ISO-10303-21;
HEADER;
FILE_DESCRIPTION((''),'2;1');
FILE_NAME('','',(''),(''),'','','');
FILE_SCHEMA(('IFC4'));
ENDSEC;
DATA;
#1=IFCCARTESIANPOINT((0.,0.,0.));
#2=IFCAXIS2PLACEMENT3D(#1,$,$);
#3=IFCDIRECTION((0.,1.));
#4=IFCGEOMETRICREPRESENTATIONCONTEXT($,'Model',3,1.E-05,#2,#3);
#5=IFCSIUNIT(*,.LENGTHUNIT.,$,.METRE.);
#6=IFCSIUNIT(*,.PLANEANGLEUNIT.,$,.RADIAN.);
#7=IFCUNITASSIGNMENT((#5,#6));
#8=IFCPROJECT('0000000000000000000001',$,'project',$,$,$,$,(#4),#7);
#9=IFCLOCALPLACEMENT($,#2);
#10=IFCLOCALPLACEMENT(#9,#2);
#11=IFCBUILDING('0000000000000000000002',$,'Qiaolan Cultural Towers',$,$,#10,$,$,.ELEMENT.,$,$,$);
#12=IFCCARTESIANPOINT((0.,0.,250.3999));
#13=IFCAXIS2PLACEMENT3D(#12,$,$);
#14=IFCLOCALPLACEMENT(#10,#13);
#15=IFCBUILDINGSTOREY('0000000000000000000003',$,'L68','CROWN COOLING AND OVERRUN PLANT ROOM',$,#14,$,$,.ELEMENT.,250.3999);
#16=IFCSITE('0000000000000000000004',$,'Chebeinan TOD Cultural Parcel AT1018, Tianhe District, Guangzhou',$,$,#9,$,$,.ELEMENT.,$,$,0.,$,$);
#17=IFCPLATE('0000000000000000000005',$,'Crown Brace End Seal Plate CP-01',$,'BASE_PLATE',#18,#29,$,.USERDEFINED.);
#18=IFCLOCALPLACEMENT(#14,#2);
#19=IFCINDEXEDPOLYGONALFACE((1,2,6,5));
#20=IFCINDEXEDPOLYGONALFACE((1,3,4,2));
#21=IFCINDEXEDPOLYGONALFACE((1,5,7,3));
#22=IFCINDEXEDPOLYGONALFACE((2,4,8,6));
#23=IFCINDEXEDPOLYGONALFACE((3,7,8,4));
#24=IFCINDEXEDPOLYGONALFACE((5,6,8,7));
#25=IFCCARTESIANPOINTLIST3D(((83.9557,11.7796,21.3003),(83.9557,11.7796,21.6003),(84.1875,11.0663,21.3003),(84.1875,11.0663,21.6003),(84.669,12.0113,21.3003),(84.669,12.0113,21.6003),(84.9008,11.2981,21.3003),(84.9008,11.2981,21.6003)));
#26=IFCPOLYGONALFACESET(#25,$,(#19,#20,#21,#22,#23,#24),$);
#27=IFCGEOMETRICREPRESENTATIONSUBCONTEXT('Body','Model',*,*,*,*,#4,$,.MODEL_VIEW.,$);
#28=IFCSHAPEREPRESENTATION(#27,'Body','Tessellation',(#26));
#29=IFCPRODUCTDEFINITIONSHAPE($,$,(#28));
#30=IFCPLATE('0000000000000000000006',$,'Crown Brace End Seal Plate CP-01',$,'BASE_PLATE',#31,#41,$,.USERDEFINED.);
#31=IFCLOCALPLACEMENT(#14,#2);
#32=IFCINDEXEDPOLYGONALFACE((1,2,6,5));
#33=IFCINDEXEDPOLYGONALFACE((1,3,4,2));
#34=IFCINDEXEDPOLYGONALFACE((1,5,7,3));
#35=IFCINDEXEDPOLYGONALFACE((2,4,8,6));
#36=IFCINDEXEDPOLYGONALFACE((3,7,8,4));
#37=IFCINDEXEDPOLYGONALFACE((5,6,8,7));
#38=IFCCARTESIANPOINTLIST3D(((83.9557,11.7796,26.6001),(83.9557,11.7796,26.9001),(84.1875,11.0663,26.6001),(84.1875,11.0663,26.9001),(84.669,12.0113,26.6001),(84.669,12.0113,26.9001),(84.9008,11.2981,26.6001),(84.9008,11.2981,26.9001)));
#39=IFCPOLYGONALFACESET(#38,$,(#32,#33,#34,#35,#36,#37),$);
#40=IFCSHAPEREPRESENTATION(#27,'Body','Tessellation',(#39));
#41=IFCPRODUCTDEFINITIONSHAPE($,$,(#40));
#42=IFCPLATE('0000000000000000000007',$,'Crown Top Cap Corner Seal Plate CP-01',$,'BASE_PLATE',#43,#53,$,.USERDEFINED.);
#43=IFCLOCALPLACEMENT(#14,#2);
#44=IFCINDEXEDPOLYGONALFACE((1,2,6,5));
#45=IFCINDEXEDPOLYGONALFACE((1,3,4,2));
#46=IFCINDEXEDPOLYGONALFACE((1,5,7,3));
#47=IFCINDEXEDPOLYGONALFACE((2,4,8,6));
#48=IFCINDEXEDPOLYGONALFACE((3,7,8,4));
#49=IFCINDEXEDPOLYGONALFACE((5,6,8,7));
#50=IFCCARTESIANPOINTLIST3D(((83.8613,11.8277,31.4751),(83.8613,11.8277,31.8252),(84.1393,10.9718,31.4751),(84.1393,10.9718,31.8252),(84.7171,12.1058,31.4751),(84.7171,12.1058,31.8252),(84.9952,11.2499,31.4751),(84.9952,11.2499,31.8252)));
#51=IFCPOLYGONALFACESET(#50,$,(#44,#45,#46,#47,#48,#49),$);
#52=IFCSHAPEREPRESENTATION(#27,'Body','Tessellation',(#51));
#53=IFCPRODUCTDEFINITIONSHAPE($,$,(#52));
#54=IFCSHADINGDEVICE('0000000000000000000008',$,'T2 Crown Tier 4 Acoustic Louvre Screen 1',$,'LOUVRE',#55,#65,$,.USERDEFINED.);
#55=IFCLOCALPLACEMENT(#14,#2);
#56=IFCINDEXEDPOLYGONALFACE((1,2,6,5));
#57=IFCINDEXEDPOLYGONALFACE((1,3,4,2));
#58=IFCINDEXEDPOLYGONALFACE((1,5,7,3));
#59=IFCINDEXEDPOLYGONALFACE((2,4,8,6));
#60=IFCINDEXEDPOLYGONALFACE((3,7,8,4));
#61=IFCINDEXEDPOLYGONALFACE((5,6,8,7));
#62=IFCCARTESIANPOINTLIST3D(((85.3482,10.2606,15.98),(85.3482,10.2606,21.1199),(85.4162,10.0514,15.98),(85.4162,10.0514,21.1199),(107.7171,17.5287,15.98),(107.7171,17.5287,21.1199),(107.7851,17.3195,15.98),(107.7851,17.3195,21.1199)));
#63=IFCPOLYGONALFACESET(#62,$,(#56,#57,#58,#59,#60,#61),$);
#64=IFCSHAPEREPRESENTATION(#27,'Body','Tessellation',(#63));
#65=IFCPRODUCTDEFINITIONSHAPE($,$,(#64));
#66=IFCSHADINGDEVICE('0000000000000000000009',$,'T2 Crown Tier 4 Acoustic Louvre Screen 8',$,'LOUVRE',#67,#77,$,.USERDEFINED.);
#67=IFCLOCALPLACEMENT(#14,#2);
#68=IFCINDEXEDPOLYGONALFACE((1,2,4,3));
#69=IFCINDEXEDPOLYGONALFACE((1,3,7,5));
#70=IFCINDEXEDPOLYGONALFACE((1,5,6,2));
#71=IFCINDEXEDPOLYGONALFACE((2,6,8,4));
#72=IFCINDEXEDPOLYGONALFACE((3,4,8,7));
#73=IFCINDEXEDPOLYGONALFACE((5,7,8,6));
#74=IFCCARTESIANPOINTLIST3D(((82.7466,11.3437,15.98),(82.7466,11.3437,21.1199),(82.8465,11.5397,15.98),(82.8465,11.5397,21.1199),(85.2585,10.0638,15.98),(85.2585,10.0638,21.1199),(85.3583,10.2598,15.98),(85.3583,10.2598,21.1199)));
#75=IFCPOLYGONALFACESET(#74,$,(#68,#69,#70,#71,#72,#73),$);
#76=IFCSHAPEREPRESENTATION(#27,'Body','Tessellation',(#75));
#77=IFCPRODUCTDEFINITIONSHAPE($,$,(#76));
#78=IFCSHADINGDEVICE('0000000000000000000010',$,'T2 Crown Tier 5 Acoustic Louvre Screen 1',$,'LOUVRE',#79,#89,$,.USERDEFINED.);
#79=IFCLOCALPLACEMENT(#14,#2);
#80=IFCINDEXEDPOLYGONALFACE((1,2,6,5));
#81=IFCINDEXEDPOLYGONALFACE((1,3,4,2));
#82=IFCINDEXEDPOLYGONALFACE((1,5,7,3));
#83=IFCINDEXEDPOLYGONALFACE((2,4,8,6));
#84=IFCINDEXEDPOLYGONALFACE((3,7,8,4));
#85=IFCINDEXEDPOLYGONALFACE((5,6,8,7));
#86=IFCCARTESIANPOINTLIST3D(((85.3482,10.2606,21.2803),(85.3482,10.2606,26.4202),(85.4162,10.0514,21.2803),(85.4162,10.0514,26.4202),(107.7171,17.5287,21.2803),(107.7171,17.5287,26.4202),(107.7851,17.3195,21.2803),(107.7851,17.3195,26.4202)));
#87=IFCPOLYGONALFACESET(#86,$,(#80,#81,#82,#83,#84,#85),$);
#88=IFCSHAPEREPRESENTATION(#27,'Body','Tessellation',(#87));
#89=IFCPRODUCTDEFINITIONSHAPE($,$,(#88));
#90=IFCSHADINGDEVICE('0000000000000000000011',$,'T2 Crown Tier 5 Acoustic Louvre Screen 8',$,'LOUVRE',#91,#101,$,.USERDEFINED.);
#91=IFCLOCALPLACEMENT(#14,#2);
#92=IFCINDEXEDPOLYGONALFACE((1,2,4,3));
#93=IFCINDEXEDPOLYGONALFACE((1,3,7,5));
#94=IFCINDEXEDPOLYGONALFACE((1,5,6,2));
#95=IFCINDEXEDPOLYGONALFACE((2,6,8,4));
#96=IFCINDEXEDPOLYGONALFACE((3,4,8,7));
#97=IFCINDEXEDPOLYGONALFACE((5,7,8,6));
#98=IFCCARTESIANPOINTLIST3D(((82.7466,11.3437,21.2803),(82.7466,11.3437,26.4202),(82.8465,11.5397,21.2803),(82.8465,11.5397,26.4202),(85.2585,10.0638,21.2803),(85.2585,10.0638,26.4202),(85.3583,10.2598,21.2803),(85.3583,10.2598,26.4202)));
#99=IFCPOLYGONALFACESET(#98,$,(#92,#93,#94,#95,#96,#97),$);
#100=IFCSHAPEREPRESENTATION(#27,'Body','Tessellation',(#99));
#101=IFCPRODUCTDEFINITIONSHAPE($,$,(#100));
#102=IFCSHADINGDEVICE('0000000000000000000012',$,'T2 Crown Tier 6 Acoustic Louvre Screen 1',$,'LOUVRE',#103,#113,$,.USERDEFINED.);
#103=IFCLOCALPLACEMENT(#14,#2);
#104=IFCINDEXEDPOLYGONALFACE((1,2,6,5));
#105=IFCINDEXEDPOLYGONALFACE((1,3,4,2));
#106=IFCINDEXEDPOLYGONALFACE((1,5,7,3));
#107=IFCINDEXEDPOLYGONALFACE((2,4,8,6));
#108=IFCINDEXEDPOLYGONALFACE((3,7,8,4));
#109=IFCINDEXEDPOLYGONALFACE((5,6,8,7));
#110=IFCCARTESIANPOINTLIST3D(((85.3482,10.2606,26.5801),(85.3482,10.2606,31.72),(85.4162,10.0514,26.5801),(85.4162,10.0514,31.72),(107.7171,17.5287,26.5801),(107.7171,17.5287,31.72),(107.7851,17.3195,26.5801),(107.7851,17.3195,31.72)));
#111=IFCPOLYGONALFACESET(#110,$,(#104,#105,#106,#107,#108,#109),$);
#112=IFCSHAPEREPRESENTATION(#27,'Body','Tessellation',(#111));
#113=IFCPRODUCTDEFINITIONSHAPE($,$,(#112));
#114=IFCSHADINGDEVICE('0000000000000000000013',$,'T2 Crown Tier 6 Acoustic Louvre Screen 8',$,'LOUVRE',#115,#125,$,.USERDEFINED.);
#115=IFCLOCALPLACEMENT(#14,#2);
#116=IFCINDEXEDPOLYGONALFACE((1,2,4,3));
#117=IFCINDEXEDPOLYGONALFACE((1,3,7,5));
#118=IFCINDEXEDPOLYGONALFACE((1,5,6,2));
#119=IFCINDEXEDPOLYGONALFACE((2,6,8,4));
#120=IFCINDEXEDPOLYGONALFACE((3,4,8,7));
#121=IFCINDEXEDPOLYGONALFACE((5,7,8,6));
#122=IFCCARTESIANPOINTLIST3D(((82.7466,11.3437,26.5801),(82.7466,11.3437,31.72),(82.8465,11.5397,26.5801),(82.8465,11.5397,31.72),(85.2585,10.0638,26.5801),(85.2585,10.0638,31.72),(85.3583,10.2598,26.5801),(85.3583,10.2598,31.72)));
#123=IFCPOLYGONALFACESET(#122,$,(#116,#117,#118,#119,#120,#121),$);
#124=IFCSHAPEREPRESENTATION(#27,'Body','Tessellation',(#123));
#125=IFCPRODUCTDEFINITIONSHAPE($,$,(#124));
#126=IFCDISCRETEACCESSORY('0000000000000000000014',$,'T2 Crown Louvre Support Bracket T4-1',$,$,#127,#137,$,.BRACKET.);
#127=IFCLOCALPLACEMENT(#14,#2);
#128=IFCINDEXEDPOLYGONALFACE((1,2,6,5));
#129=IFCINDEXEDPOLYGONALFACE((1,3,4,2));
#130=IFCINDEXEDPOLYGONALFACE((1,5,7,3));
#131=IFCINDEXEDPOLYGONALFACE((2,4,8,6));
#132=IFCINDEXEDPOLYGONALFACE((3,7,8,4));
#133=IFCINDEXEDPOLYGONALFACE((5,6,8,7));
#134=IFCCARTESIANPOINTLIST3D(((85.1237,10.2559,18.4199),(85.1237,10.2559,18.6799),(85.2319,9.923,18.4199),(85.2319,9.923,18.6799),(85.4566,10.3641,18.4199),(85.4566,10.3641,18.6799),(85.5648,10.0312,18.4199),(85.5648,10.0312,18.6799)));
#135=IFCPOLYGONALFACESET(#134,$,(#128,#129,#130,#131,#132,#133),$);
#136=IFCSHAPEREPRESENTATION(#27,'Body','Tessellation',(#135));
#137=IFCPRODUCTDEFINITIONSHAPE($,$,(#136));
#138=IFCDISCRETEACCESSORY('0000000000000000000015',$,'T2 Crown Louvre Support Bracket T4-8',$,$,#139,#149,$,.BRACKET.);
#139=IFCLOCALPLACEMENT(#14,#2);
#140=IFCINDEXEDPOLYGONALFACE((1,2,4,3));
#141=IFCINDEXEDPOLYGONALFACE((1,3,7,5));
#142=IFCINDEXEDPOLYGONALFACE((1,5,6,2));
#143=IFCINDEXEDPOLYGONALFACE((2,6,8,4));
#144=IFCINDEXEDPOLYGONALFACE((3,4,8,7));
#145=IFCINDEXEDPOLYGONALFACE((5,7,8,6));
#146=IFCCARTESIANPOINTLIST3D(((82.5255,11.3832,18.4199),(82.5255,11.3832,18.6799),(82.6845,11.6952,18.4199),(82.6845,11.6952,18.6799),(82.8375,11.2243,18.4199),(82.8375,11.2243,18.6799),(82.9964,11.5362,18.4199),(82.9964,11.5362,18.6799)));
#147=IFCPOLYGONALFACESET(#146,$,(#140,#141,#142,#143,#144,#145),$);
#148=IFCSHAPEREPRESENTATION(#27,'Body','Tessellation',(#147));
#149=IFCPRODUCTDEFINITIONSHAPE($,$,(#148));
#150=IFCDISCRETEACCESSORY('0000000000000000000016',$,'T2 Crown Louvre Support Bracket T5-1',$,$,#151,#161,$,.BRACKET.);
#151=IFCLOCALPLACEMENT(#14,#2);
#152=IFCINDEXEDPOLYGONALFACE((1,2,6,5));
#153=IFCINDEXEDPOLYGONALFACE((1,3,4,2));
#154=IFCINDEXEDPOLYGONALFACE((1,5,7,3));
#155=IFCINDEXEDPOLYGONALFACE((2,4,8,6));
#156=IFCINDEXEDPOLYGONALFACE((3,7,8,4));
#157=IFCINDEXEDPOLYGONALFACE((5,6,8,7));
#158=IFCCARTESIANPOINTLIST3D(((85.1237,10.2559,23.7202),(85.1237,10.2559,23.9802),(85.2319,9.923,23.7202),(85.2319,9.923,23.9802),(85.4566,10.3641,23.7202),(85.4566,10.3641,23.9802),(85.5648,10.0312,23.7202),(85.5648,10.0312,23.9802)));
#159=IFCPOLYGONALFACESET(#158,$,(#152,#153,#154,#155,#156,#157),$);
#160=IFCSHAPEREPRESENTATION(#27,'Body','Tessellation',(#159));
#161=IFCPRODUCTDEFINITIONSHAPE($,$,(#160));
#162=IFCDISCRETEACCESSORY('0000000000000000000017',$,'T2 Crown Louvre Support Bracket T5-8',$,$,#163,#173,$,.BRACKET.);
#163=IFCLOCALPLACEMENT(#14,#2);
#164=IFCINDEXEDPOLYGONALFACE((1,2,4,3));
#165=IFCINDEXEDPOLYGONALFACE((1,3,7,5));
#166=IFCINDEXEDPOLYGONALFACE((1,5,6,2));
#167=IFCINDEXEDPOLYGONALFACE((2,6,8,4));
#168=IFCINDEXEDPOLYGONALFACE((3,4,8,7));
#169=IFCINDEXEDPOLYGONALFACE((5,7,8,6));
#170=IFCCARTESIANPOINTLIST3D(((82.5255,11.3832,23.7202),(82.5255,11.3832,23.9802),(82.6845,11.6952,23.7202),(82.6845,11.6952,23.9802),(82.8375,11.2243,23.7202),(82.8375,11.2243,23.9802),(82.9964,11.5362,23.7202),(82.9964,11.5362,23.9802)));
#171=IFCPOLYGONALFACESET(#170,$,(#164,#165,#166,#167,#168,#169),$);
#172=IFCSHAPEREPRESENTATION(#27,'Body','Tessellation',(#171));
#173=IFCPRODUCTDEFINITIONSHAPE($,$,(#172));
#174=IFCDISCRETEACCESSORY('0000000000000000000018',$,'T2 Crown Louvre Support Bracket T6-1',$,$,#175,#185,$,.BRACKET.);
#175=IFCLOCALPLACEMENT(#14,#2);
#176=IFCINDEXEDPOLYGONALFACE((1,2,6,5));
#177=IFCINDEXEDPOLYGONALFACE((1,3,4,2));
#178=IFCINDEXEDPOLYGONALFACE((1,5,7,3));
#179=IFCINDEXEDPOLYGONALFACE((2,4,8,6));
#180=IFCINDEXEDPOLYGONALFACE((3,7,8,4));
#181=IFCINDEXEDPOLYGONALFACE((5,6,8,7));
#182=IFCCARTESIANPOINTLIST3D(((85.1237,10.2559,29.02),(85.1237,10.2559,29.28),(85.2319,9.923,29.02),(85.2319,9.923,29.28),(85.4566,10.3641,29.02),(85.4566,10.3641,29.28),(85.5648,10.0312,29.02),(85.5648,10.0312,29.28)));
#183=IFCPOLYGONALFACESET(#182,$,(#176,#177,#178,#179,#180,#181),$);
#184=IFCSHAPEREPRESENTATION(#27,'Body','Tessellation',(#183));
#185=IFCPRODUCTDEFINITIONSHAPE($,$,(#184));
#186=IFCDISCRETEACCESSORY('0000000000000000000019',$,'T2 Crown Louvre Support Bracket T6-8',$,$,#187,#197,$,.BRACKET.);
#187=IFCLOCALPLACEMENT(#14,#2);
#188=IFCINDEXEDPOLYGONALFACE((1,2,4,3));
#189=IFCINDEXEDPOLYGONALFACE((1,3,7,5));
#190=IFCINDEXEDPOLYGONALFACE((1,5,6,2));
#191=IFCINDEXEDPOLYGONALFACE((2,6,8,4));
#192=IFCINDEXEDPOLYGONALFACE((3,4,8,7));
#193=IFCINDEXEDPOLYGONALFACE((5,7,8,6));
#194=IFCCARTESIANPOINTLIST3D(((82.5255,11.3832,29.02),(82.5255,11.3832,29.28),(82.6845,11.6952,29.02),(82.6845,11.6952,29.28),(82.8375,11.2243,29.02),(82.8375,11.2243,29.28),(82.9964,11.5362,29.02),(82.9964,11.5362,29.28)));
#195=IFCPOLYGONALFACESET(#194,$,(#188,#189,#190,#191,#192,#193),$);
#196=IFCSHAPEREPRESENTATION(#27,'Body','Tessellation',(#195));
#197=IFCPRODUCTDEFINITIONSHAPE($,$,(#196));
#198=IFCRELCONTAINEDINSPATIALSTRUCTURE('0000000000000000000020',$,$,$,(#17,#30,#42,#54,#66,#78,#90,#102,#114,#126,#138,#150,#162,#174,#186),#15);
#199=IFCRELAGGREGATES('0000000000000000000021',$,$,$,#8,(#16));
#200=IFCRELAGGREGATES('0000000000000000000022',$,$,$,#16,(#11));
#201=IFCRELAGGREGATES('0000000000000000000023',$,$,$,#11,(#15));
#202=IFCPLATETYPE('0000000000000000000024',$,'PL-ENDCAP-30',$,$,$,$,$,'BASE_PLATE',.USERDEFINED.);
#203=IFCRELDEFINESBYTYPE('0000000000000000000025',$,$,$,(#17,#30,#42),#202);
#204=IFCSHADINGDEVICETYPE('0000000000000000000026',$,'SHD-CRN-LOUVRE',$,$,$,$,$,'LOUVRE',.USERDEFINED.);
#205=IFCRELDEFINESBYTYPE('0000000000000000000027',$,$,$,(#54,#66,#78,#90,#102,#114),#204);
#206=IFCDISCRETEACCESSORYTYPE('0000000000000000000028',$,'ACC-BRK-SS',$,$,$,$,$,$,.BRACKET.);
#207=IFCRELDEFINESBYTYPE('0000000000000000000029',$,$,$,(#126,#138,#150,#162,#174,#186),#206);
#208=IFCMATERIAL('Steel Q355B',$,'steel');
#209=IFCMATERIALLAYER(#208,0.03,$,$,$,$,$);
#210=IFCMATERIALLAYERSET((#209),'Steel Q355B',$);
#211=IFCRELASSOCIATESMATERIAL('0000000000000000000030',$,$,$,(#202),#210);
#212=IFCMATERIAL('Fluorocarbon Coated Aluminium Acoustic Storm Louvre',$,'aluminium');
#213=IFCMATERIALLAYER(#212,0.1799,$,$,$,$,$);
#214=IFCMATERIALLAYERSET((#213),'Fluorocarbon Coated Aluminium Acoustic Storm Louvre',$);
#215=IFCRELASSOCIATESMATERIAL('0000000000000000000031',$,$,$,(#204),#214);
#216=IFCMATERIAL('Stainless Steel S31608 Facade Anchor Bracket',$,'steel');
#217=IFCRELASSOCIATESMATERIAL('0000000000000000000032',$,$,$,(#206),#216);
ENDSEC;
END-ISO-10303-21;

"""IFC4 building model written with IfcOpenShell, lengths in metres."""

from ifc_helpers import new_model, si_unit, direction, frame, origin, origin_2d, place, context, subcontext, project, spatial, rectangle, extrude, material, layer, layer_set, type_object, element, save


model = new_model("IFC4")

# Units and contexts
model_context = context("Model", 3, precision=1e-05, world=origin(), true_north=direction((0.0, 1.0)))
body_context = subcontext(model_context, "Body", "Model", "MODEL_VIEW")
ifc_project = project(units=[si_unit("LENGTHUNIT", "METRE"), si_unit("PLANEANGLEUNIT", "RADIAN")], contexts=[model_context])

# Site, building, storey
site_placement = place(None, origin())
site = spatial("IfcSite", under=ifc_project, at=site_placement, Name="Chebeinan TOD Cultural Parcel AT1018, Tianhe District, Guangzhou", CompositionType="ELEMENT", RefElevation=0.0)
building_placement = place(site_placement, origin())
building = spatial("IfcBuilding", under=site, at=building_placement, Name="Qiaolan Cultural Towers", CompositionType="ELEMENT")
storey_placement = place(building_placement, frame((0.0, 0.0, 250.3999)))
storey = spatial("IfcBuildingStorey", under=building, at=storey_placement, Name="L68", Description="CROWN COOLING AND OVERRUN PLANT ROOM", CompositionType="ELEMENT", Elevation=250.3999)

# Plates
ifc_material_1 = material(Name="Steel Q355B", Category="steel")
ifc_layer_1 = layer(ifc_material_1, 0.03)
ifc_layer_set_1 = layer_set([ifc_layer_1], Name="Steel Q355B")
plate_type_1 = type_object("IfcPlateType", Name="PL-ENDCAP-30", ElementType="BASE_PLATE", PredefinedType="USERDEFINED", material=ifc_layer_set_1)
for number, where, z_axis, x_axis, name in (
    (1, (84.4282, 11.5388, 21.3003), (0.0, 0.0, 1.0), (0.951057, 0.309017, 0.0), "Crown Brace End Seal Plate CP-01"),
    (2, (84.4282, 11.5388, 26.6001), (0.0, 0.0, 1.0), (0.951057, 0.309017, 0.0), "Crown Brace End Seal Plate CP-01"),
):
    element("IfcPlate", number, at=place(storey_placement, frame(where, z_axis=z_axis, x_axis=x_axis)), inside=storey, type_object=plate_type_1, Name=name, ObjectType="BASE_PLATE", PredefinedType="USERDEFINED", context=body_context, shape_type="SweptSolid", body=[
        extrude(rectangle(XDim=0.75, YDim=0.75, at=origin_2d()), origin(), (0.0, 0.0, 1.0), 0.3),
    ])
plate_placement = place(storey_placement, frame((84.4282, 11.5388, 31.4751), z_axis=(0.0, 0.0, 1.0), x_axis=(0.951057, 0.309017, 0.0)))
element("IfcPlate", 3, at=plate_placement, inside=storey, type_object=plate_type_1, Name="Crown Top Cap Corner Seal Plate CP-01", ObjectType="BASE_PLATE", PredefinedType="USERDEFINED", context=body_context, shape_type="SweptSolid", body=[
    extrude(rectangle(XDim=0.8999, YDim=0.8999, at=origin_2d()), origin(), (0.0, 0.0, 1.0), 0.3501),
])

# Shading devices
ifc_material_2 = material(Name="Fluorocarbon Coated Aluminium Acoustic Storm Louvre", Category="aluminium")
ifc_layer_2 = layer(ifc_material_2, 0.1799)
ifc_layer_set_2 = layer_set([ifc_layer_2], Name="Fluorocarbon Coated Aluminium Acoustic Storm Louvre")
shading_device_type = type_object("IfcShadingDeviceType", Name="SHD-CRN-LOUVRE", ElementType="LOUVRE", PredefinedType="USERDEFINED", material=ifc_layer_set_2)
shading_device_1_placement = place(storey_placement, frame((96.5667, 13.79, 15.98), z_axis=(0.0, 0.0, 1.0), x_axis=(0.951057, 0.309017, 0.0)))
element("IfcShadingDevice", 4, at=shading_device_1_placement, inside=storey, type_object=shading_device_type, Name="T2 Crown Tier 4 Acoustic Louvre Screen 1", ObjectType="LOUVRE", PredefinedType="USERDEFINED", context=body_context, shape_type="SweptSolid", body=[
    extrude(rectangle(XDim=23.52, YDim=0.22, at=origin_2d()), origin(), (0.0, 0.0, 1.0), 5.1399),
])
shading_device_2_placement = place(storey_placement, frame((84.0525, 10.8018, 15.98), z_axis=(0.0, 0.0, 1.0), x_axis=(0.891006, -0.453991, 0.0)))
element("IfcShadingDevice", 5, at=shading_device_2_placement, inside=storey, type_object=shading_device_type, Name="T2 Crown Tier 4 Acoustic Louvre Screen 8", ObjectType="LOUVRE", PredefinedType="USERDEFINED", context=body_context, shape_type="SweptSolid", body=[
    extrude(rectangle(XDim=2.8191, YDim=0.22, at=origin_2d()), origin(), (0.0, 0.0, 1.0), 5.1399),
])
shading_device_3_placement = place(storey_placement, frame((96.5667, 13.79, 21.2803), z_axis=(0.0, 0.0, 1.0), x_axis=(0.951057, 0.309017, 0.0)))
element("IfcShadingDevice", 6, at=shading_device_3_placement, inside=storey, type_object=shading_device_type, Name="T2 Crown Tier 5 Acoustic Louvre Screen 1", ObjectType="LOUVRE", PredefinedType="USERDEFINED", context=body_context, shape_type="SweptSolid", body=[
    extrude(rectangle(XDim=23.52, YDim=0.22, at=origin_2d()), origin(), (0.0, 0.0, 1.0), 5.1399),
])
shading_device_4_placement = place(storey_placement, frame((84.0525, 10.8018, 21.2803), z_axis=(0.0, 0.0, 1.0), x_axis=(0.891006, -0.453991, 0.0)))
element("IfcShadingDevice", 7, at=shading_device_4_placement, inside=storey, type_object=shading_device_type, Name="T2 Crown Tier 5 Acoustic Louvre Screen 8", ObjectType="LOUVRE", PredefinedType="USERDEFINED", context=body_context, shape_type="SweptSolid", body=[
    extrude(rectangle(XDim=2.8191, YDim=0.22, at=origin_2d()), origin(), (0.0, 0.0, 1.0), 5.1399),
])
shading_device_5_placement = place(storey_placement, frame((96.5667, 13.79, 26.5801), z_axis=(0.0, 0.0, 1.0), x_axis=(0.951057, 0.309017, 0.0)))
element("IfcShadingDevice", 8, at=shading_device_5_placement, inside=storey, type_object=shading_device_type, Name="T2 Crown Tier 6 Acoustic Louvre Screen 1", ObjectType="LOUVRE", PredefinedType="USERDEFINED", context=body_context, shape_type="SweptSolid", body=[
    extrude(rectangle(XDim=23.52, YDim=0.22, at=origin_2d()), origin(), (0.0, 0.0, 1.0), 5.1399),
])
shading_device_6_placement = place(storey_placement, frame((84.0525, 10.8018, 26.5801), z_axis=(0.0, 0.0, 1.0), x_axis=(0.891006, -0.453991, 0.0)))
element("IfcShadingDevice", 9, at=shading_device_6_placement, inside=storey, type_object=shading_device_type, Name="T2 Crown Tier 6 Acoustic Louvre Screen 8", ObjectType="LOUVRE", PredefinedType="USERDEFINED", context=body_context, shape_type="SweptSolid", body=[
    extrude(rectangle(XDim=2.8191, YDim=0.22, at=origin_2d()), origin(), (0.0, 0.0, 1.0), 5.1399),
])

# Discrete accessories
ifc_material_3 = material(Name="Stainless Steel S31608 Facade Anchor Bracket", Category="steel")
discrete_accessory_type = type_object("IfcDiscreteAccessoryType", Name="ACC-BRK-SS", PredefinedType="BRACKET", material=ifc_material_3)
for number, where, z_axis, x_axis, name in (
    (10, (85.3442, 10.1436, 18.4199), (0.0, 0.0, 1.0), (0.951057, 0.309017, 0.0), "T2 Crown Louvre Support Bracket T4-1"),
    (11, (82.761, 11.4597, 18.4199), (0.0, 0.0, 1.0), (0.891006, -0.453991, 0.0), "T2 Crown Louvre Support Bracket T4-8"),
    (12, (85.3442, 10.1436, 23.7202), (0.0, 0.0, 1.0), (0.951057, 0.309017, 0.0), "T2 Crown Louvre Support Bracket T5-1"),
    (13, (82.761, 11.4597, 23.7202), (0.0, 0.0, 1.0), (0.891006, -0.453991, 0.0), "T2 Crown Louvre Support Bracket T5-8"),
    (14, (85.3442, 10.1436, 29.02), (0.0, 0.0, 1.0), (0.951057, 0.309017, 0.0), "T2 Crown Louvre Support Bracket T6-1"),
    (15, (82.761, 11.4597, 29.02), (0.0, 0.0, 1.0), (0.891006, -0.453991, 0.0), "T2 Crown Louvre Support Bracket T6-8"),
):
    element("IfcDiscreteAccessory", number, at=place(storey_placement, frame(where, z_axis=z_axis, x_axis=x_axis)), inside=storey, type_object=discrete_accessory_type, Name=name, PredefinedType="BRACKET", context=body_context, shape_type="SweptSolid", body=[
        extrude(rectangle(XDim=0.3501, YDim=0.3501, at=origin_2d()), origin(), (0.0, 0.0, 1.0), 0.26),
    ])

save(model, "model.ifc")
